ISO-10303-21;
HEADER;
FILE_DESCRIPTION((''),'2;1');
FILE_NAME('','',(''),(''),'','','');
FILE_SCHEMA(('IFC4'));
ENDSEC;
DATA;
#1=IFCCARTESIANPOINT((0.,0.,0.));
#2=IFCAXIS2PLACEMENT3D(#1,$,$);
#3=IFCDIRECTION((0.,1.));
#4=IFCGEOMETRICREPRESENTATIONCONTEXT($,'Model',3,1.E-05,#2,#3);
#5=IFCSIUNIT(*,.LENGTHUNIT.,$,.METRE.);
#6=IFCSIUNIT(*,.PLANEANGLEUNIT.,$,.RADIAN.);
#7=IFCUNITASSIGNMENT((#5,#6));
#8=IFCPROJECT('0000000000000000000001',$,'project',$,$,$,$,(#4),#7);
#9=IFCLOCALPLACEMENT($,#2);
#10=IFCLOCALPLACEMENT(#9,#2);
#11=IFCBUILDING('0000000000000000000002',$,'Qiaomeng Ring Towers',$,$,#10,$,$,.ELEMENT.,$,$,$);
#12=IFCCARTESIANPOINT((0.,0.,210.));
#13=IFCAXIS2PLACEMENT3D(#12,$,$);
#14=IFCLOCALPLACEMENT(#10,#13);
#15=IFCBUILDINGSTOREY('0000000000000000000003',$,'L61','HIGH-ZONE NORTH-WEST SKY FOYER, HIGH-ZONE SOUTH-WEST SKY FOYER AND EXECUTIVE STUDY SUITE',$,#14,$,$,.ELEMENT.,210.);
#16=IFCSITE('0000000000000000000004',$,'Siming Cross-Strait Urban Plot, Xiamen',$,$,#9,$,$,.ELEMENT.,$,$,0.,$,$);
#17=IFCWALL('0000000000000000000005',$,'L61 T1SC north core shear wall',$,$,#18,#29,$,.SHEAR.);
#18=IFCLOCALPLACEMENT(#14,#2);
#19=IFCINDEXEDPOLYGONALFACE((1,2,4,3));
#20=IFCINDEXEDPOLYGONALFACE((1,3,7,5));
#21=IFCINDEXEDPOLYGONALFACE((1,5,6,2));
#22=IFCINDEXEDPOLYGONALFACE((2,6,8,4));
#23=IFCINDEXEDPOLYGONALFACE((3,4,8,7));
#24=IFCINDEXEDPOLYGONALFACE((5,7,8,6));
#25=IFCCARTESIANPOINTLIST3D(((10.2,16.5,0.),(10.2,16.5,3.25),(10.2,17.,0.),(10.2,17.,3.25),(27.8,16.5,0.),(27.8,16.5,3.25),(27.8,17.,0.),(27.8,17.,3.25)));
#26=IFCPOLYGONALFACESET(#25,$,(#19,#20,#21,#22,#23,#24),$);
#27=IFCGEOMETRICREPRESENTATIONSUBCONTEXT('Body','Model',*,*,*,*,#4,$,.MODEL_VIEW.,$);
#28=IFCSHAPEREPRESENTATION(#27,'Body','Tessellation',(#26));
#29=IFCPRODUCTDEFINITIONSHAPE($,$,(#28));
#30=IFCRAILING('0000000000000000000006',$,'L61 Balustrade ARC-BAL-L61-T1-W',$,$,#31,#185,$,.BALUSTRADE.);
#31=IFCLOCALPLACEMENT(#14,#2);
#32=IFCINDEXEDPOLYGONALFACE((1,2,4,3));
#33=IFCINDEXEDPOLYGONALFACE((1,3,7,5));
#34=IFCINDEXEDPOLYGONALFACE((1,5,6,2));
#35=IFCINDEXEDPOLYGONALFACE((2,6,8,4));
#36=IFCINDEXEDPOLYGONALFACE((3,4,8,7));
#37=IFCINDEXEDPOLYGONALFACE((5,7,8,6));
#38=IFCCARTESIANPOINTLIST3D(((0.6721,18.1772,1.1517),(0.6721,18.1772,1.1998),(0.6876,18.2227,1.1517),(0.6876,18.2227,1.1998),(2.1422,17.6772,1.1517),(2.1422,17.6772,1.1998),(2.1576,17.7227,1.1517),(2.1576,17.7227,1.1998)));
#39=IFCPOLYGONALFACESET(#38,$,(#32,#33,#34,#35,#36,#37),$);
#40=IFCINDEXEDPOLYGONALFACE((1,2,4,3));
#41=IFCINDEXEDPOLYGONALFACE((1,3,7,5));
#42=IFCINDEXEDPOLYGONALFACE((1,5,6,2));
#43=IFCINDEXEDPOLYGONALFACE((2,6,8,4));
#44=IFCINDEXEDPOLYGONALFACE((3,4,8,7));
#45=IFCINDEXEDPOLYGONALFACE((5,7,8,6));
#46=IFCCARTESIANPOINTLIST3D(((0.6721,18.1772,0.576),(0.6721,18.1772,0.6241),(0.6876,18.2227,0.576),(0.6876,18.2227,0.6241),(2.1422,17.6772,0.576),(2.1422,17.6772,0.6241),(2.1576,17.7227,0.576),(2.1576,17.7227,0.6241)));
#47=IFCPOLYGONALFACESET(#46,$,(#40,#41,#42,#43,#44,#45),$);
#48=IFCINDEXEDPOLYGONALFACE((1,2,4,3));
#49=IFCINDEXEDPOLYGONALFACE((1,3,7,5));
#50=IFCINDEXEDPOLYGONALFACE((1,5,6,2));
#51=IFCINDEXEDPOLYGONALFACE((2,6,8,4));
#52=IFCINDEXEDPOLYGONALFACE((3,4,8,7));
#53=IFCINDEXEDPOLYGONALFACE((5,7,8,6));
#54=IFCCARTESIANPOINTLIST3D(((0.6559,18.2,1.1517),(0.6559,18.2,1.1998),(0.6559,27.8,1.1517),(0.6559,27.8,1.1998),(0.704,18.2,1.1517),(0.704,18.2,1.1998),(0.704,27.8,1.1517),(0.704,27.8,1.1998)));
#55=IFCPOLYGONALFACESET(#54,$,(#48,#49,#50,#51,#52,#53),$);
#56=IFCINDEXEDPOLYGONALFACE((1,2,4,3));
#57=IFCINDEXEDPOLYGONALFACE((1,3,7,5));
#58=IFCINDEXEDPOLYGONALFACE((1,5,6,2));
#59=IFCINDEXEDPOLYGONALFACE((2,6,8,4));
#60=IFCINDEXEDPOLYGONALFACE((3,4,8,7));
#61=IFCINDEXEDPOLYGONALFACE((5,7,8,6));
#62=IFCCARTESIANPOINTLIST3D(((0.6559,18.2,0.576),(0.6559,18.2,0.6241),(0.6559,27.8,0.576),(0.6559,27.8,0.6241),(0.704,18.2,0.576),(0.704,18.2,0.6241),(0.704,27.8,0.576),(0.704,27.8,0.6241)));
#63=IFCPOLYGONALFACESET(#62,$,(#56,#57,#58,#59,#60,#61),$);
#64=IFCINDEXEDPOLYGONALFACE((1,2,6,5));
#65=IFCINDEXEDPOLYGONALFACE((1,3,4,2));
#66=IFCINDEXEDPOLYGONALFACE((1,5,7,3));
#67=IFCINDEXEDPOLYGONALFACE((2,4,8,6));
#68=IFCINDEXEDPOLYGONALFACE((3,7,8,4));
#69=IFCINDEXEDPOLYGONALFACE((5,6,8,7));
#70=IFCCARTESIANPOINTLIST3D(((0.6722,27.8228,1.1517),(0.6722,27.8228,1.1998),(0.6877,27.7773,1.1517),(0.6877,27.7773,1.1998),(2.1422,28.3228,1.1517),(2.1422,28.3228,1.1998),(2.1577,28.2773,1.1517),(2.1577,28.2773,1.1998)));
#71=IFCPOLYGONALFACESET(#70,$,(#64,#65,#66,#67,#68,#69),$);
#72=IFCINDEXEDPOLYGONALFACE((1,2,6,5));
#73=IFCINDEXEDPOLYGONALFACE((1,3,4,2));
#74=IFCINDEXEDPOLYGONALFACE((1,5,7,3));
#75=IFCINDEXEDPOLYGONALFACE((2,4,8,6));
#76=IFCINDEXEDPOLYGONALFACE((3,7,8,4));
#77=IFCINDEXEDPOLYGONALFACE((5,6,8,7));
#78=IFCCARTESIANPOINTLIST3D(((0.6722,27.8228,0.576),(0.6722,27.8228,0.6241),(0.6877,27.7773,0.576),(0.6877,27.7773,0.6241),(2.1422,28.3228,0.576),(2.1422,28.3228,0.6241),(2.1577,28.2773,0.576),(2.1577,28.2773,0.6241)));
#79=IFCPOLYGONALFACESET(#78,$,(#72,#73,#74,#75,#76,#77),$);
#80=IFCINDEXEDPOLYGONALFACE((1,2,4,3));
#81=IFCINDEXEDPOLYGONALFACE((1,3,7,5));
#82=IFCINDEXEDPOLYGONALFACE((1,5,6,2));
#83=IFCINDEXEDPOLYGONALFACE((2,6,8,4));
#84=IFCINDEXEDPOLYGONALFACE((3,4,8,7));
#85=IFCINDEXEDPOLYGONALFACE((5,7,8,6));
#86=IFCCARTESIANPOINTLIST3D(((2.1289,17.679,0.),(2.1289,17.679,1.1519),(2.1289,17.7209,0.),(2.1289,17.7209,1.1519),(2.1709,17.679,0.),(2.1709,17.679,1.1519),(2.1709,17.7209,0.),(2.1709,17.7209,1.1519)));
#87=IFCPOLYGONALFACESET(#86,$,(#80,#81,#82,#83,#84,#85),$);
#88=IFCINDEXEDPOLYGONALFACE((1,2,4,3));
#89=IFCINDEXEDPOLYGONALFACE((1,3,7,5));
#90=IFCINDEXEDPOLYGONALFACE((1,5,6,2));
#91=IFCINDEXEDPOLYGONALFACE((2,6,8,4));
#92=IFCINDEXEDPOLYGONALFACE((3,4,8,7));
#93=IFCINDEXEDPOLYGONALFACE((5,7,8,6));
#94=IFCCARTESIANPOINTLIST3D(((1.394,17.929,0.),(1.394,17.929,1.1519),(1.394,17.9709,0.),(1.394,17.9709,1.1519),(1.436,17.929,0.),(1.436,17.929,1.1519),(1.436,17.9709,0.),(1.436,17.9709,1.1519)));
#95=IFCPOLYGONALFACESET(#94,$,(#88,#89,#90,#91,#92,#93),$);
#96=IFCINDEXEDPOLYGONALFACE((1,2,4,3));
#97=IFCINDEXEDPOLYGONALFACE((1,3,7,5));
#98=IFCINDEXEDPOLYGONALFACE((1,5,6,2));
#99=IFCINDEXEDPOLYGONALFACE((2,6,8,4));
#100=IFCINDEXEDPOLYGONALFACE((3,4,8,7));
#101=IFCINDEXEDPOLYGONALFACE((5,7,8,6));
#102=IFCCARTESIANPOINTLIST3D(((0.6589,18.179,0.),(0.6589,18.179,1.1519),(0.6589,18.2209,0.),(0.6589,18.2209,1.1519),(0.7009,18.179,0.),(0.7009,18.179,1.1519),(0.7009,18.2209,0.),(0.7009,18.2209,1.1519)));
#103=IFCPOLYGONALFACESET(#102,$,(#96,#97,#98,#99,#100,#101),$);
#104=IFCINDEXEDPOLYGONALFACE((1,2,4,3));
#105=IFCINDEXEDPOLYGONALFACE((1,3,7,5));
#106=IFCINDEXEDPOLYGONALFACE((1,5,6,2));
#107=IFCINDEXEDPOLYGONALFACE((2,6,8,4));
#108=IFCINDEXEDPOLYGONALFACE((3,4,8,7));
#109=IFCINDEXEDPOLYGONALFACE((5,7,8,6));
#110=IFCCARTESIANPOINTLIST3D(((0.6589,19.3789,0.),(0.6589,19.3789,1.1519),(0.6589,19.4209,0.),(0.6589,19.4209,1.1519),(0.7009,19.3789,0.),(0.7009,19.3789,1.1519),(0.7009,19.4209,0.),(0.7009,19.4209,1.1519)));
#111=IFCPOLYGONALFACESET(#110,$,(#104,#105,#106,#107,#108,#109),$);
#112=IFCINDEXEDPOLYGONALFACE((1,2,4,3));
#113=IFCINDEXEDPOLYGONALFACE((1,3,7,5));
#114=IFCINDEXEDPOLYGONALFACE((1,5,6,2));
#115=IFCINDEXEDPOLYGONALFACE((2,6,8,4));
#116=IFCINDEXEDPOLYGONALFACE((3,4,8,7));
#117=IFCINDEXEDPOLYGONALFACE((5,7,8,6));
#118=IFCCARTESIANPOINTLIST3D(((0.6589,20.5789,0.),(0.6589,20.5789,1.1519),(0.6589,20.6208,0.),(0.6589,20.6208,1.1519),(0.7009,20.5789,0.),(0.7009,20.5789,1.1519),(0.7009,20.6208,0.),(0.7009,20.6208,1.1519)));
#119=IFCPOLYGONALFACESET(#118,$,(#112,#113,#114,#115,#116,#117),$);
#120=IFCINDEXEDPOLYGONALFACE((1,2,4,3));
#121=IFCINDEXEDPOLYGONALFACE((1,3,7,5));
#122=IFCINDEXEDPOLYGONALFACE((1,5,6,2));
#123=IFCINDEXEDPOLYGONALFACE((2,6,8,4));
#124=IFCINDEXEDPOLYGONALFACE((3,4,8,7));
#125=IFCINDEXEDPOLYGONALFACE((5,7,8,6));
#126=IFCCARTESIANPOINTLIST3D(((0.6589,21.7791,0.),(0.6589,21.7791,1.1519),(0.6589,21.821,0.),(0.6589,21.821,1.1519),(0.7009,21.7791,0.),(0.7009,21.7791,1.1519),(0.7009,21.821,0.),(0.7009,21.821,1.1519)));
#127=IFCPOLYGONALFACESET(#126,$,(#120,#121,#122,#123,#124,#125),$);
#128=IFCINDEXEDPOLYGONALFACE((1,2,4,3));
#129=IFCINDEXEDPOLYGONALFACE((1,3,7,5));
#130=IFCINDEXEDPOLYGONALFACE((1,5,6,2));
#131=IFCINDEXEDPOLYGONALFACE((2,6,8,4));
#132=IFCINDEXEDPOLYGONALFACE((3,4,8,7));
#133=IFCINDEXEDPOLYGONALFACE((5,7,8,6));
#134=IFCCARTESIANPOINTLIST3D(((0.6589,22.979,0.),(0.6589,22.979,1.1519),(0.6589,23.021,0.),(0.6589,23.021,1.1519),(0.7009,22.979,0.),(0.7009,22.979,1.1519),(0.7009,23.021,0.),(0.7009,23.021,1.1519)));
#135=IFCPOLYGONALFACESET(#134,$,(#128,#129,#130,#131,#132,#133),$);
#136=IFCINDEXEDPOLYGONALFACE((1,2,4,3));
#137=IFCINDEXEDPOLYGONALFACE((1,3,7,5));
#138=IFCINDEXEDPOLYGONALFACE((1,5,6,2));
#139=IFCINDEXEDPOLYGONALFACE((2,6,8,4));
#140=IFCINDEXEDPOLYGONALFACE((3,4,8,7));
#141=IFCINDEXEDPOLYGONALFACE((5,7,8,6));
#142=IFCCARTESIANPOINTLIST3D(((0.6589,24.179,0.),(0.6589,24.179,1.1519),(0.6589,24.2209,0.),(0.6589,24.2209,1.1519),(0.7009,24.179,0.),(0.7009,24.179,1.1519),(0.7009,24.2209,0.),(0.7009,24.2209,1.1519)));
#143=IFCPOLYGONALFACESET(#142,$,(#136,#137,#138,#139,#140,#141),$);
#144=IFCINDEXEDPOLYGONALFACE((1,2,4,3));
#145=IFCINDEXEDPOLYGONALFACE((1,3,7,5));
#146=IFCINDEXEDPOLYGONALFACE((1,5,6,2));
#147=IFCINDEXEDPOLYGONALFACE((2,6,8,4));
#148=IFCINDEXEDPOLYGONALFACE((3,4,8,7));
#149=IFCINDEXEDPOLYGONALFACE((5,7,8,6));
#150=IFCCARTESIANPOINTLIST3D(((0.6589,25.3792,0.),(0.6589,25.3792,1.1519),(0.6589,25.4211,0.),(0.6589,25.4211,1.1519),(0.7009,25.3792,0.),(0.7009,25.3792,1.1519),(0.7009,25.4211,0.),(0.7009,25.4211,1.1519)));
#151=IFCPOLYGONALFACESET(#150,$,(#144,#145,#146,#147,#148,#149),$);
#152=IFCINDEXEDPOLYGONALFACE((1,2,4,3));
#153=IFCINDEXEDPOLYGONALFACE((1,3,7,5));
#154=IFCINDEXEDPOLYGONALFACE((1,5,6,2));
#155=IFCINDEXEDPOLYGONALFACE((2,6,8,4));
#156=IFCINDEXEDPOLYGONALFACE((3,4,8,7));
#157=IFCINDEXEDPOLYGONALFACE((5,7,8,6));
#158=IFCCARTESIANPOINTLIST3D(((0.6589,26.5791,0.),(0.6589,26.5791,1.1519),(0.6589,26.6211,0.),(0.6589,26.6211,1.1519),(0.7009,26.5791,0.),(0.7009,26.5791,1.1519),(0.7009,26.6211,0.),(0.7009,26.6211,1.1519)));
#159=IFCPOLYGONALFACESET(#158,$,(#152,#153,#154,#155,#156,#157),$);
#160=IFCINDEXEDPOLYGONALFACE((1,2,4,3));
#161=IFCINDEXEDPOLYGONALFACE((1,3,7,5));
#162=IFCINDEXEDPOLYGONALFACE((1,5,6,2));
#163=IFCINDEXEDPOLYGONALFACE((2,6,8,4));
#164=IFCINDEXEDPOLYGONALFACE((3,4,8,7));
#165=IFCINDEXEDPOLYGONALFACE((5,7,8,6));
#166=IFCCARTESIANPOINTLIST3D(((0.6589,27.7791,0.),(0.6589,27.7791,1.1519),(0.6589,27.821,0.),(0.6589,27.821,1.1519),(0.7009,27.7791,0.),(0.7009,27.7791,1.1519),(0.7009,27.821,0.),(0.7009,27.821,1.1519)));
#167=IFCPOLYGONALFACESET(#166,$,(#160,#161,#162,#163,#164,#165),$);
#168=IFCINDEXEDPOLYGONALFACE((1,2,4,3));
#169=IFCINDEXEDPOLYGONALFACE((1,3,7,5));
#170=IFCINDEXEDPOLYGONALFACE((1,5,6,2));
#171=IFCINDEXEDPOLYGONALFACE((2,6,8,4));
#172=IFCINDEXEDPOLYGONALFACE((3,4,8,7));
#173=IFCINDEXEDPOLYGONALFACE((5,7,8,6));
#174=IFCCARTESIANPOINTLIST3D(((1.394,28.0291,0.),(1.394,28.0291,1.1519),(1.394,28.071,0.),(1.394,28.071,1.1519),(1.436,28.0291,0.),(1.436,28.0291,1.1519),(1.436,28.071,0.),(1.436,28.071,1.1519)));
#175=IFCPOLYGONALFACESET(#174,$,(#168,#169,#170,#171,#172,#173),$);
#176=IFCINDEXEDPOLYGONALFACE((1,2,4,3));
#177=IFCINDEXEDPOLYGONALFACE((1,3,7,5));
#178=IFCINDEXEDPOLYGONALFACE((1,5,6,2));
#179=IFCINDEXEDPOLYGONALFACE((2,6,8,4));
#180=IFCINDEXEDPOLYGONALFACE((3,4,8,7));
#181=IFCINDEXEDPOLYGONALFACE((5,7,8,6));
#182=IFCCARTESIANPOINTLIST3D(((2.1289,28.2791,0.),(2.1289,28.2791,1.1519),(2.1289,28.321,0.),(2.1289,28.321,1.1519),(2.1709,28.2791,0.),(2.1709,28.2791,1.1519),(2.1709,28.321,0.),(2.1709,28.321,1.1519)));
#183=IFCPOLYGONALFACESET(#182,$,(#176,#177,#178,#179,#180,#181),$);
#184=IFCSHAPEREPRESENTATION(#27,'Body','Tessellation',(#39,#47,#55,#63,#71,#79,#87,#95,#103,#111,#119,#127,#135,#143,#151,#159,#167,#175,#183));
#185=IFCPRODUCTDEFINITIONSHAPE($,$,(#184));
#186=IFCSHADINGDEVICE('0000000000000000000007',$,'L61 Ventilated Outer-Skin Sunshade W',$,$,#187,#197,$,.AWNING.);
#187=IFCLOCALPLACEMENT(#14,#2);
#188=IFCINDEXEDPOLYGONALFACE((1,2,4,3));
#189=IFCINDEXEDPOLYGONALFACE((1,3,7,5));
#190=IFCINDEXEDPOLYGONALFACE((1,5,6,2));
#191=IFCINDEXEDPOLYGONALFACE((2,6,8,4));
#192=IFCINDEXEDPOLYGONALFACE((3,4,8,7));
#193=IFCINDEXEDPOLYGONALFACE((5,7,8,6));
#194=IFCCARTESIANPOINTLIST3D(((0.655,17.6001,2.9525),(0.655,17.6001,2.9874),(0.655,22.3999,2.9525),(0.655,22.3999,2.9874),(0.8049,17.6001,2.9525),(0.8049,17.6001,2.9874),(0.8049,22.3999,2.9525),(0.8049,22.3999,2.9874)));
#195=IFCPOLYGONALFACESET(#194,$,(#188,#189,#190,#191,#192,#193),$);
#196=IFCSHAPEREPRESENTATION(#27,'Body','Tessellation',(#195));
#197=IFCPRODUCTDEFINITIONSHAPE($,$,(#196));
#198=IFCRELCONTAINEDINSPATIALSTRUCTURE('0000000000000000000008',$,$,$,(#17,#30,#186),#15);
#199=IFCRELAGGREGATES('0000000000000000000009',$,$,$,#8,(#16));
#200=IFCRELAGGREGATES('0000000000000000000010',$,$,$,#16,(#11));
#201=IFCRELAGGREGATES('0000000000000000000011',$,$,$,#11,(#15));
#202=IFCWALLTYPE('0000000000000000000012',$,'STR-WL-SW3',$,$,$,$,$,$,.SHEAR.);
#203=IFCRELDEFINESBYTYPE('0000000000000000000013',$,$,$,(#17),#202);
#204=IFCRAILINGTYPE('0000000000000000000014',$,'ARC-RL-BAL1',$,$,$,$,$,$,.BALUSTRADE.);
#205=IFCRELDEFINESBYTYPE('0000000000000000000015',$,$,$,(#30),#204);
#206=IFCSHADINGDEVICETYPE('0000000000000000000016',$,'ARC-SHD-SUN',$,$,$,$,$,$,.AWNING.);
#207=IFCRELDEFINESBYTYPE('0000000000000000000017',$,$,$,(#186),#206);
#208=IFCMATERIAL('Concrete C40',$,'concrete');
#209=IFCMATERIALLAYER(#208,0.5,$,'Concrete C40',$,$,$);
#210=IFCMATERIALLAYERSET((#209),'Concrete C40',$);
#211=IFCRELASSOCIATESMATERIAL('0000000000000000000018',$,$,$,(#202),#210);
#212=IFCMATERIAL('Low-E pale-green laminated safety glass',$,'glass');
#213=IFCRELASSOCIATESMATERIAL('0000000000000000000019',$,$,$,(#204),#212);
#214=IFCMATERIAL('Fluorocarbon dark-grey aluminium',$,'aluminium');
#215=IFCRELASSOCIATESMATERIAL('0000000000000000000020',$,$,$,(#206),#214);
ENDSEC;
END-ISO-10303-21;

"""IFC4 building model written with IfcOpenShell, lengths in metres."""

from ifc_helpers import new_model, si_unit, direction, frame, frame_2d, origin, origin_2d, place, context, subcontext, project, spatial, rectangle, extrude, source, transform, mapped, material, layer, layer_set, material_profile, profile_set, type_object, element, save


model = new_model("IFC4")

# Units and contexts
model_context = context("Model", 3, precision=1e-05, world=origin(), true_north=direction((0.0, 1.0)))
body_context = subcontext(model_context, "Body", "Model", "MODEL_VIEW")
ifc_project = project(units=[si_unit("LENGTHUNIT", "METRE"), si_unit("PLANEANGLEUNIT", "RADIAN")], contexts=[model_context])

# Site, building, storey
site_placement = place(None, origin())
site = spatial("IfcSite", under=ifc_project, at=site_placement, Name="Siming Cross-Strait Urban Plot, Xiamen", CompositionType="ELEMENT", RefElevation=0.0)
building_placement = place(site_placement, origin())
building = spatial("IfcBuilding", under=site, at=building_placement, Name="Qiaomeng Ring Towers", CompositionType="ELEMENT")
storey_placement = place(building_placement, frame((0.0, 0.0, 210.0)))
storey = spatial("IfcBuildingStorey", under=building, at=storey_placement, Name="L61", Description="HIGH-ZONE NORTH-WEST SKY FOYER, HIGH-ZONE SOUTH-WEST SKY FOYER AND EXECUTIVE STUDY SUITE", CompositionType="ELEMENT", Elevation=210.0)

# Shared definitions
ifc_material_1 = material(Name="Concrete C40", Category="concrete")

# Wall
ifc_layer_1 = layer(ifc_material_1, 0.5, Name="Concrete C40")
ifc_layer_set_1 = layer_set([ifc_layer_1], Name="Concrete C40")
wall_type_1 = type_object("IfcWallType", Name="STR-WL-SW3", PredefinedType="SHEAR", material=ifc_layer_set_1)
wall_1_placement = place(storey_placement, frame((10.2, 16.75, 0.0), z_axis=(0.0, 0.0, 1.0), x_axis=(1.0, 0.0, 0.0)))
element("IfcWall", 1, at=wall_1_placement, inside=storey, type_object=wall_type_1, Name="L61 T1SC north core shear wall", PredefinedType="SHEAR", context=body_context, shape_type="SweptSolid", body=[
    extrude(rectangle(XDim=17.6001, YDim=0.5, at=frame_2d((8.8, 0.0))), origin(), (0.0, 0.0, 1.0), 3.25),
])

# Railing
ifc_material_2 = material(Name="Low-E pale-green laminated safety glass", Category="glass")
railing_type = type_object("IfcRailingType", Name="ARC-RL-BAL1", PredefinedType="BALUSTRADE", material=ifc_material_2)
railing_placement = place(storey_placement, frame((2.1499, 17.7, 0.0)))
element("IfcRailing", 2, at=railing_placement, inside=storey, type_object=railing_type, Name="L61 Balustrade ARC-BAL-L61-T1-W", PredefinedType="BALUSTRADE", context=body_context, shape_type="SweptSolid", body=[
    extrude(rectangle(XDim=0.0481, YDim=0.0481, at=origin_2d()), frame((0.0, 0.0, 1.1758), z_axis=(-0.946732, 0.322024, 0.0), x_axis=(-0.322024, -0.946732, 0.0)), (0.0, 0.0, 1.0), 1.5527),
    extrude(rectangle(XDim=0.0481, YDim=0.0481, at=origin_2d()), frame((0.0, 0.0, 0.6001), z_axis=(-0.946732, 0.322024, 0.0), x_axis=(-0.322024, -0.946732, 0.0)), (0.0, 0.0, 1.0), 1.5527),
    extrude(rectangle(XDim=0.0481, YDim=0.0481, at=origin_2d()), frame((-1.47, 0.5, 1.1758), z_axis=(0.0, 1.0, 0.0), x_axis=(-1.0, 0.0, 0.0)), (0.0, 0.0, 1.0), 9.6001),
    extrude(rectangle(XDim=0.0481, YDim=0.0481, at=origin_2d()), frame((-1.47, 0.5, 0.6001), z_axis=(0.0, 1.0, 0.0), x_axis=(-1.0, 0.0, 0.0)), (0.0, 0.0, 1.0), 9.6001),
    extrude(rectangle(XDim=0.0481, YDim=0.0481, at=origin_2d()), frame((-1.47, 10.1001, 1.1758), z_axis=(0.946732, 0.322024, 0.0), x_axis=(-0.322024, 0.946732, 0.0)), (0.0, 0.0, 1.0), 1.5527),
    extrude(rectangle(XDim=0.0481, YDim=0.0481, at=origin_2d()), frame((-1.47, 10.1001, 0.6001), z_axis=(0.946732, 0.322024, 0.0), x_axis=(-0.322024, 0.946732, 0.0)), (0.0, 0.0, 1.0), 1.5527),
    extrude(rectangle(XDim=0.042, YDim=0.042, at=origin_2d()), origin(), (0.0, 0.0, 1.0), 1.1519),
    extrude(rectangle(XDim=0.042, YDim=0.042, at=origin_2d()), frame((-0.7349, 0.25, 0.0)), (0.0, 0.0, 1.0), 1.1519),
    extrude(rectangle(XDim=0.042, YDim=0.042, at=origin_2d()), frame((-1.47, 0.5, 0.0)), (0.0, 0.0, 1.0), 1.1519),
    extrude(rectangle(XDim=0.042, YDim=0.042, at=origin_2d()), frame((-1.47, 1.7, 0.0)), (0.0, 0.0, 1.0), 1.1519),
    extrude(rectangle(XDim=0.042, YDim=0.042, at=origin_2d()), frame((-1.47, 2.8999, 0.0)), (0.0, 0.0, 1.0), 1.1519),
    extrude(rectangle(XDim=0.042, YDim=0.042, at=origin_2d()), frame((-1.47, 4.1001, 0.0)), (0.0, 0.0, 1.0), 1.1519),
    extrude(rectangle(XDim=0.042, YDim=0.042, at=origin_2d()), frame((-1.47, 5.3, 0.0)), (0.0, 0.0, 1.0), 1.1519),
    extrude(rectangle(XDim=0.042, YDim=0.042, at=origin_2d()), frame((-1.47, 6.5, 0.0)), (0.0, 0.0, 1.0), 1.1519),
    extrude(rectangle(XDim=0.042, YDim=0.042, at=origin_2d()), frame((-1.47, 7.7002, 0.0)), (0.0, 0.0, 1.0), 1.1519),
    extrude(rectangle(XDim=0.042, YDim=0.042, at=origin_2d()), frame((-1.47, 8.9001, 0.0)), (0.0, 0.0, 1.0), 1.1519),
    extrude(rectangle(XDim=0.042, YDim=0.042, at=origin_2d()), frame((-1.47, 10.1001, 0.0)), (0.0, 0.0, 1.0), 1.1519),
    extrude(rectangle(XDim=0.042, YDim=0.042, at=origin_2d()), frame((-0.7349, 10.3501, 0.0)), (0.0, 0.0, 1.0), 1.1519),
    extrude(rectangle(XDim=0.042, YDim=0.042, at=origin_2d()), frame((0.0, 10.6001, 0.0)), (0.0, 0.0, 1.0), 1.1519),
])

# Shading device
ifc_material_3 = material(Name="Fluorocarbon dark-grey aluminium", Category="aluminium")
ifc_material_profile_1 = material_profile(ifc_material_3, rectangle(XDim=0.1499, YDim=0.0349, at=origin_2d()), Name="LV BLADE 150x35")
ifc_profile_set_1 = profile_set([ifc_material_profile_1], Name="Fluorocarbon dark-grey aluminium")
shading_device_type = type_object("IfcShadingDeviceType", Name="ARC-SHD-SUN", PredefinedType="AWNING", material=ifc_profile_set_1)
shared_shape_1 = source(origin(), body_context, "Body", "SweptSolid", [
    extrude(rectangle(XDim=0.1499, YDim=0.0349, at=origin_2d()), origin(), (0.0, 0.0, 1.0), 4.7998),
])
shading_device_placement = place(storey_placement, frame((0.73, 17.6001, 2.97), z_axis=(0.0, 1.0, 0.0), x_axis=(-1.0, 0.0, 0.0)))
element("IfcShadingDevice", 3, at=shading_device_placement, inside=storey, type_object=shading_device_type, Name="L61 Ventilated Outer-Skin Sunshade W", PredefinedType="AWNING", context=body_context, shape_type="MappedRepresentation", body=[
    mapped(shared_shape_1, transform((0.0, 0.0, 0.0), x_axis=(1.0, 0.0, 0.0), y_axis=(0.0, 1.0, 0.0), z_axis=(0.0, 0.0, 1.0), scale=1.0)),
])

save(model, "model.ifc")
